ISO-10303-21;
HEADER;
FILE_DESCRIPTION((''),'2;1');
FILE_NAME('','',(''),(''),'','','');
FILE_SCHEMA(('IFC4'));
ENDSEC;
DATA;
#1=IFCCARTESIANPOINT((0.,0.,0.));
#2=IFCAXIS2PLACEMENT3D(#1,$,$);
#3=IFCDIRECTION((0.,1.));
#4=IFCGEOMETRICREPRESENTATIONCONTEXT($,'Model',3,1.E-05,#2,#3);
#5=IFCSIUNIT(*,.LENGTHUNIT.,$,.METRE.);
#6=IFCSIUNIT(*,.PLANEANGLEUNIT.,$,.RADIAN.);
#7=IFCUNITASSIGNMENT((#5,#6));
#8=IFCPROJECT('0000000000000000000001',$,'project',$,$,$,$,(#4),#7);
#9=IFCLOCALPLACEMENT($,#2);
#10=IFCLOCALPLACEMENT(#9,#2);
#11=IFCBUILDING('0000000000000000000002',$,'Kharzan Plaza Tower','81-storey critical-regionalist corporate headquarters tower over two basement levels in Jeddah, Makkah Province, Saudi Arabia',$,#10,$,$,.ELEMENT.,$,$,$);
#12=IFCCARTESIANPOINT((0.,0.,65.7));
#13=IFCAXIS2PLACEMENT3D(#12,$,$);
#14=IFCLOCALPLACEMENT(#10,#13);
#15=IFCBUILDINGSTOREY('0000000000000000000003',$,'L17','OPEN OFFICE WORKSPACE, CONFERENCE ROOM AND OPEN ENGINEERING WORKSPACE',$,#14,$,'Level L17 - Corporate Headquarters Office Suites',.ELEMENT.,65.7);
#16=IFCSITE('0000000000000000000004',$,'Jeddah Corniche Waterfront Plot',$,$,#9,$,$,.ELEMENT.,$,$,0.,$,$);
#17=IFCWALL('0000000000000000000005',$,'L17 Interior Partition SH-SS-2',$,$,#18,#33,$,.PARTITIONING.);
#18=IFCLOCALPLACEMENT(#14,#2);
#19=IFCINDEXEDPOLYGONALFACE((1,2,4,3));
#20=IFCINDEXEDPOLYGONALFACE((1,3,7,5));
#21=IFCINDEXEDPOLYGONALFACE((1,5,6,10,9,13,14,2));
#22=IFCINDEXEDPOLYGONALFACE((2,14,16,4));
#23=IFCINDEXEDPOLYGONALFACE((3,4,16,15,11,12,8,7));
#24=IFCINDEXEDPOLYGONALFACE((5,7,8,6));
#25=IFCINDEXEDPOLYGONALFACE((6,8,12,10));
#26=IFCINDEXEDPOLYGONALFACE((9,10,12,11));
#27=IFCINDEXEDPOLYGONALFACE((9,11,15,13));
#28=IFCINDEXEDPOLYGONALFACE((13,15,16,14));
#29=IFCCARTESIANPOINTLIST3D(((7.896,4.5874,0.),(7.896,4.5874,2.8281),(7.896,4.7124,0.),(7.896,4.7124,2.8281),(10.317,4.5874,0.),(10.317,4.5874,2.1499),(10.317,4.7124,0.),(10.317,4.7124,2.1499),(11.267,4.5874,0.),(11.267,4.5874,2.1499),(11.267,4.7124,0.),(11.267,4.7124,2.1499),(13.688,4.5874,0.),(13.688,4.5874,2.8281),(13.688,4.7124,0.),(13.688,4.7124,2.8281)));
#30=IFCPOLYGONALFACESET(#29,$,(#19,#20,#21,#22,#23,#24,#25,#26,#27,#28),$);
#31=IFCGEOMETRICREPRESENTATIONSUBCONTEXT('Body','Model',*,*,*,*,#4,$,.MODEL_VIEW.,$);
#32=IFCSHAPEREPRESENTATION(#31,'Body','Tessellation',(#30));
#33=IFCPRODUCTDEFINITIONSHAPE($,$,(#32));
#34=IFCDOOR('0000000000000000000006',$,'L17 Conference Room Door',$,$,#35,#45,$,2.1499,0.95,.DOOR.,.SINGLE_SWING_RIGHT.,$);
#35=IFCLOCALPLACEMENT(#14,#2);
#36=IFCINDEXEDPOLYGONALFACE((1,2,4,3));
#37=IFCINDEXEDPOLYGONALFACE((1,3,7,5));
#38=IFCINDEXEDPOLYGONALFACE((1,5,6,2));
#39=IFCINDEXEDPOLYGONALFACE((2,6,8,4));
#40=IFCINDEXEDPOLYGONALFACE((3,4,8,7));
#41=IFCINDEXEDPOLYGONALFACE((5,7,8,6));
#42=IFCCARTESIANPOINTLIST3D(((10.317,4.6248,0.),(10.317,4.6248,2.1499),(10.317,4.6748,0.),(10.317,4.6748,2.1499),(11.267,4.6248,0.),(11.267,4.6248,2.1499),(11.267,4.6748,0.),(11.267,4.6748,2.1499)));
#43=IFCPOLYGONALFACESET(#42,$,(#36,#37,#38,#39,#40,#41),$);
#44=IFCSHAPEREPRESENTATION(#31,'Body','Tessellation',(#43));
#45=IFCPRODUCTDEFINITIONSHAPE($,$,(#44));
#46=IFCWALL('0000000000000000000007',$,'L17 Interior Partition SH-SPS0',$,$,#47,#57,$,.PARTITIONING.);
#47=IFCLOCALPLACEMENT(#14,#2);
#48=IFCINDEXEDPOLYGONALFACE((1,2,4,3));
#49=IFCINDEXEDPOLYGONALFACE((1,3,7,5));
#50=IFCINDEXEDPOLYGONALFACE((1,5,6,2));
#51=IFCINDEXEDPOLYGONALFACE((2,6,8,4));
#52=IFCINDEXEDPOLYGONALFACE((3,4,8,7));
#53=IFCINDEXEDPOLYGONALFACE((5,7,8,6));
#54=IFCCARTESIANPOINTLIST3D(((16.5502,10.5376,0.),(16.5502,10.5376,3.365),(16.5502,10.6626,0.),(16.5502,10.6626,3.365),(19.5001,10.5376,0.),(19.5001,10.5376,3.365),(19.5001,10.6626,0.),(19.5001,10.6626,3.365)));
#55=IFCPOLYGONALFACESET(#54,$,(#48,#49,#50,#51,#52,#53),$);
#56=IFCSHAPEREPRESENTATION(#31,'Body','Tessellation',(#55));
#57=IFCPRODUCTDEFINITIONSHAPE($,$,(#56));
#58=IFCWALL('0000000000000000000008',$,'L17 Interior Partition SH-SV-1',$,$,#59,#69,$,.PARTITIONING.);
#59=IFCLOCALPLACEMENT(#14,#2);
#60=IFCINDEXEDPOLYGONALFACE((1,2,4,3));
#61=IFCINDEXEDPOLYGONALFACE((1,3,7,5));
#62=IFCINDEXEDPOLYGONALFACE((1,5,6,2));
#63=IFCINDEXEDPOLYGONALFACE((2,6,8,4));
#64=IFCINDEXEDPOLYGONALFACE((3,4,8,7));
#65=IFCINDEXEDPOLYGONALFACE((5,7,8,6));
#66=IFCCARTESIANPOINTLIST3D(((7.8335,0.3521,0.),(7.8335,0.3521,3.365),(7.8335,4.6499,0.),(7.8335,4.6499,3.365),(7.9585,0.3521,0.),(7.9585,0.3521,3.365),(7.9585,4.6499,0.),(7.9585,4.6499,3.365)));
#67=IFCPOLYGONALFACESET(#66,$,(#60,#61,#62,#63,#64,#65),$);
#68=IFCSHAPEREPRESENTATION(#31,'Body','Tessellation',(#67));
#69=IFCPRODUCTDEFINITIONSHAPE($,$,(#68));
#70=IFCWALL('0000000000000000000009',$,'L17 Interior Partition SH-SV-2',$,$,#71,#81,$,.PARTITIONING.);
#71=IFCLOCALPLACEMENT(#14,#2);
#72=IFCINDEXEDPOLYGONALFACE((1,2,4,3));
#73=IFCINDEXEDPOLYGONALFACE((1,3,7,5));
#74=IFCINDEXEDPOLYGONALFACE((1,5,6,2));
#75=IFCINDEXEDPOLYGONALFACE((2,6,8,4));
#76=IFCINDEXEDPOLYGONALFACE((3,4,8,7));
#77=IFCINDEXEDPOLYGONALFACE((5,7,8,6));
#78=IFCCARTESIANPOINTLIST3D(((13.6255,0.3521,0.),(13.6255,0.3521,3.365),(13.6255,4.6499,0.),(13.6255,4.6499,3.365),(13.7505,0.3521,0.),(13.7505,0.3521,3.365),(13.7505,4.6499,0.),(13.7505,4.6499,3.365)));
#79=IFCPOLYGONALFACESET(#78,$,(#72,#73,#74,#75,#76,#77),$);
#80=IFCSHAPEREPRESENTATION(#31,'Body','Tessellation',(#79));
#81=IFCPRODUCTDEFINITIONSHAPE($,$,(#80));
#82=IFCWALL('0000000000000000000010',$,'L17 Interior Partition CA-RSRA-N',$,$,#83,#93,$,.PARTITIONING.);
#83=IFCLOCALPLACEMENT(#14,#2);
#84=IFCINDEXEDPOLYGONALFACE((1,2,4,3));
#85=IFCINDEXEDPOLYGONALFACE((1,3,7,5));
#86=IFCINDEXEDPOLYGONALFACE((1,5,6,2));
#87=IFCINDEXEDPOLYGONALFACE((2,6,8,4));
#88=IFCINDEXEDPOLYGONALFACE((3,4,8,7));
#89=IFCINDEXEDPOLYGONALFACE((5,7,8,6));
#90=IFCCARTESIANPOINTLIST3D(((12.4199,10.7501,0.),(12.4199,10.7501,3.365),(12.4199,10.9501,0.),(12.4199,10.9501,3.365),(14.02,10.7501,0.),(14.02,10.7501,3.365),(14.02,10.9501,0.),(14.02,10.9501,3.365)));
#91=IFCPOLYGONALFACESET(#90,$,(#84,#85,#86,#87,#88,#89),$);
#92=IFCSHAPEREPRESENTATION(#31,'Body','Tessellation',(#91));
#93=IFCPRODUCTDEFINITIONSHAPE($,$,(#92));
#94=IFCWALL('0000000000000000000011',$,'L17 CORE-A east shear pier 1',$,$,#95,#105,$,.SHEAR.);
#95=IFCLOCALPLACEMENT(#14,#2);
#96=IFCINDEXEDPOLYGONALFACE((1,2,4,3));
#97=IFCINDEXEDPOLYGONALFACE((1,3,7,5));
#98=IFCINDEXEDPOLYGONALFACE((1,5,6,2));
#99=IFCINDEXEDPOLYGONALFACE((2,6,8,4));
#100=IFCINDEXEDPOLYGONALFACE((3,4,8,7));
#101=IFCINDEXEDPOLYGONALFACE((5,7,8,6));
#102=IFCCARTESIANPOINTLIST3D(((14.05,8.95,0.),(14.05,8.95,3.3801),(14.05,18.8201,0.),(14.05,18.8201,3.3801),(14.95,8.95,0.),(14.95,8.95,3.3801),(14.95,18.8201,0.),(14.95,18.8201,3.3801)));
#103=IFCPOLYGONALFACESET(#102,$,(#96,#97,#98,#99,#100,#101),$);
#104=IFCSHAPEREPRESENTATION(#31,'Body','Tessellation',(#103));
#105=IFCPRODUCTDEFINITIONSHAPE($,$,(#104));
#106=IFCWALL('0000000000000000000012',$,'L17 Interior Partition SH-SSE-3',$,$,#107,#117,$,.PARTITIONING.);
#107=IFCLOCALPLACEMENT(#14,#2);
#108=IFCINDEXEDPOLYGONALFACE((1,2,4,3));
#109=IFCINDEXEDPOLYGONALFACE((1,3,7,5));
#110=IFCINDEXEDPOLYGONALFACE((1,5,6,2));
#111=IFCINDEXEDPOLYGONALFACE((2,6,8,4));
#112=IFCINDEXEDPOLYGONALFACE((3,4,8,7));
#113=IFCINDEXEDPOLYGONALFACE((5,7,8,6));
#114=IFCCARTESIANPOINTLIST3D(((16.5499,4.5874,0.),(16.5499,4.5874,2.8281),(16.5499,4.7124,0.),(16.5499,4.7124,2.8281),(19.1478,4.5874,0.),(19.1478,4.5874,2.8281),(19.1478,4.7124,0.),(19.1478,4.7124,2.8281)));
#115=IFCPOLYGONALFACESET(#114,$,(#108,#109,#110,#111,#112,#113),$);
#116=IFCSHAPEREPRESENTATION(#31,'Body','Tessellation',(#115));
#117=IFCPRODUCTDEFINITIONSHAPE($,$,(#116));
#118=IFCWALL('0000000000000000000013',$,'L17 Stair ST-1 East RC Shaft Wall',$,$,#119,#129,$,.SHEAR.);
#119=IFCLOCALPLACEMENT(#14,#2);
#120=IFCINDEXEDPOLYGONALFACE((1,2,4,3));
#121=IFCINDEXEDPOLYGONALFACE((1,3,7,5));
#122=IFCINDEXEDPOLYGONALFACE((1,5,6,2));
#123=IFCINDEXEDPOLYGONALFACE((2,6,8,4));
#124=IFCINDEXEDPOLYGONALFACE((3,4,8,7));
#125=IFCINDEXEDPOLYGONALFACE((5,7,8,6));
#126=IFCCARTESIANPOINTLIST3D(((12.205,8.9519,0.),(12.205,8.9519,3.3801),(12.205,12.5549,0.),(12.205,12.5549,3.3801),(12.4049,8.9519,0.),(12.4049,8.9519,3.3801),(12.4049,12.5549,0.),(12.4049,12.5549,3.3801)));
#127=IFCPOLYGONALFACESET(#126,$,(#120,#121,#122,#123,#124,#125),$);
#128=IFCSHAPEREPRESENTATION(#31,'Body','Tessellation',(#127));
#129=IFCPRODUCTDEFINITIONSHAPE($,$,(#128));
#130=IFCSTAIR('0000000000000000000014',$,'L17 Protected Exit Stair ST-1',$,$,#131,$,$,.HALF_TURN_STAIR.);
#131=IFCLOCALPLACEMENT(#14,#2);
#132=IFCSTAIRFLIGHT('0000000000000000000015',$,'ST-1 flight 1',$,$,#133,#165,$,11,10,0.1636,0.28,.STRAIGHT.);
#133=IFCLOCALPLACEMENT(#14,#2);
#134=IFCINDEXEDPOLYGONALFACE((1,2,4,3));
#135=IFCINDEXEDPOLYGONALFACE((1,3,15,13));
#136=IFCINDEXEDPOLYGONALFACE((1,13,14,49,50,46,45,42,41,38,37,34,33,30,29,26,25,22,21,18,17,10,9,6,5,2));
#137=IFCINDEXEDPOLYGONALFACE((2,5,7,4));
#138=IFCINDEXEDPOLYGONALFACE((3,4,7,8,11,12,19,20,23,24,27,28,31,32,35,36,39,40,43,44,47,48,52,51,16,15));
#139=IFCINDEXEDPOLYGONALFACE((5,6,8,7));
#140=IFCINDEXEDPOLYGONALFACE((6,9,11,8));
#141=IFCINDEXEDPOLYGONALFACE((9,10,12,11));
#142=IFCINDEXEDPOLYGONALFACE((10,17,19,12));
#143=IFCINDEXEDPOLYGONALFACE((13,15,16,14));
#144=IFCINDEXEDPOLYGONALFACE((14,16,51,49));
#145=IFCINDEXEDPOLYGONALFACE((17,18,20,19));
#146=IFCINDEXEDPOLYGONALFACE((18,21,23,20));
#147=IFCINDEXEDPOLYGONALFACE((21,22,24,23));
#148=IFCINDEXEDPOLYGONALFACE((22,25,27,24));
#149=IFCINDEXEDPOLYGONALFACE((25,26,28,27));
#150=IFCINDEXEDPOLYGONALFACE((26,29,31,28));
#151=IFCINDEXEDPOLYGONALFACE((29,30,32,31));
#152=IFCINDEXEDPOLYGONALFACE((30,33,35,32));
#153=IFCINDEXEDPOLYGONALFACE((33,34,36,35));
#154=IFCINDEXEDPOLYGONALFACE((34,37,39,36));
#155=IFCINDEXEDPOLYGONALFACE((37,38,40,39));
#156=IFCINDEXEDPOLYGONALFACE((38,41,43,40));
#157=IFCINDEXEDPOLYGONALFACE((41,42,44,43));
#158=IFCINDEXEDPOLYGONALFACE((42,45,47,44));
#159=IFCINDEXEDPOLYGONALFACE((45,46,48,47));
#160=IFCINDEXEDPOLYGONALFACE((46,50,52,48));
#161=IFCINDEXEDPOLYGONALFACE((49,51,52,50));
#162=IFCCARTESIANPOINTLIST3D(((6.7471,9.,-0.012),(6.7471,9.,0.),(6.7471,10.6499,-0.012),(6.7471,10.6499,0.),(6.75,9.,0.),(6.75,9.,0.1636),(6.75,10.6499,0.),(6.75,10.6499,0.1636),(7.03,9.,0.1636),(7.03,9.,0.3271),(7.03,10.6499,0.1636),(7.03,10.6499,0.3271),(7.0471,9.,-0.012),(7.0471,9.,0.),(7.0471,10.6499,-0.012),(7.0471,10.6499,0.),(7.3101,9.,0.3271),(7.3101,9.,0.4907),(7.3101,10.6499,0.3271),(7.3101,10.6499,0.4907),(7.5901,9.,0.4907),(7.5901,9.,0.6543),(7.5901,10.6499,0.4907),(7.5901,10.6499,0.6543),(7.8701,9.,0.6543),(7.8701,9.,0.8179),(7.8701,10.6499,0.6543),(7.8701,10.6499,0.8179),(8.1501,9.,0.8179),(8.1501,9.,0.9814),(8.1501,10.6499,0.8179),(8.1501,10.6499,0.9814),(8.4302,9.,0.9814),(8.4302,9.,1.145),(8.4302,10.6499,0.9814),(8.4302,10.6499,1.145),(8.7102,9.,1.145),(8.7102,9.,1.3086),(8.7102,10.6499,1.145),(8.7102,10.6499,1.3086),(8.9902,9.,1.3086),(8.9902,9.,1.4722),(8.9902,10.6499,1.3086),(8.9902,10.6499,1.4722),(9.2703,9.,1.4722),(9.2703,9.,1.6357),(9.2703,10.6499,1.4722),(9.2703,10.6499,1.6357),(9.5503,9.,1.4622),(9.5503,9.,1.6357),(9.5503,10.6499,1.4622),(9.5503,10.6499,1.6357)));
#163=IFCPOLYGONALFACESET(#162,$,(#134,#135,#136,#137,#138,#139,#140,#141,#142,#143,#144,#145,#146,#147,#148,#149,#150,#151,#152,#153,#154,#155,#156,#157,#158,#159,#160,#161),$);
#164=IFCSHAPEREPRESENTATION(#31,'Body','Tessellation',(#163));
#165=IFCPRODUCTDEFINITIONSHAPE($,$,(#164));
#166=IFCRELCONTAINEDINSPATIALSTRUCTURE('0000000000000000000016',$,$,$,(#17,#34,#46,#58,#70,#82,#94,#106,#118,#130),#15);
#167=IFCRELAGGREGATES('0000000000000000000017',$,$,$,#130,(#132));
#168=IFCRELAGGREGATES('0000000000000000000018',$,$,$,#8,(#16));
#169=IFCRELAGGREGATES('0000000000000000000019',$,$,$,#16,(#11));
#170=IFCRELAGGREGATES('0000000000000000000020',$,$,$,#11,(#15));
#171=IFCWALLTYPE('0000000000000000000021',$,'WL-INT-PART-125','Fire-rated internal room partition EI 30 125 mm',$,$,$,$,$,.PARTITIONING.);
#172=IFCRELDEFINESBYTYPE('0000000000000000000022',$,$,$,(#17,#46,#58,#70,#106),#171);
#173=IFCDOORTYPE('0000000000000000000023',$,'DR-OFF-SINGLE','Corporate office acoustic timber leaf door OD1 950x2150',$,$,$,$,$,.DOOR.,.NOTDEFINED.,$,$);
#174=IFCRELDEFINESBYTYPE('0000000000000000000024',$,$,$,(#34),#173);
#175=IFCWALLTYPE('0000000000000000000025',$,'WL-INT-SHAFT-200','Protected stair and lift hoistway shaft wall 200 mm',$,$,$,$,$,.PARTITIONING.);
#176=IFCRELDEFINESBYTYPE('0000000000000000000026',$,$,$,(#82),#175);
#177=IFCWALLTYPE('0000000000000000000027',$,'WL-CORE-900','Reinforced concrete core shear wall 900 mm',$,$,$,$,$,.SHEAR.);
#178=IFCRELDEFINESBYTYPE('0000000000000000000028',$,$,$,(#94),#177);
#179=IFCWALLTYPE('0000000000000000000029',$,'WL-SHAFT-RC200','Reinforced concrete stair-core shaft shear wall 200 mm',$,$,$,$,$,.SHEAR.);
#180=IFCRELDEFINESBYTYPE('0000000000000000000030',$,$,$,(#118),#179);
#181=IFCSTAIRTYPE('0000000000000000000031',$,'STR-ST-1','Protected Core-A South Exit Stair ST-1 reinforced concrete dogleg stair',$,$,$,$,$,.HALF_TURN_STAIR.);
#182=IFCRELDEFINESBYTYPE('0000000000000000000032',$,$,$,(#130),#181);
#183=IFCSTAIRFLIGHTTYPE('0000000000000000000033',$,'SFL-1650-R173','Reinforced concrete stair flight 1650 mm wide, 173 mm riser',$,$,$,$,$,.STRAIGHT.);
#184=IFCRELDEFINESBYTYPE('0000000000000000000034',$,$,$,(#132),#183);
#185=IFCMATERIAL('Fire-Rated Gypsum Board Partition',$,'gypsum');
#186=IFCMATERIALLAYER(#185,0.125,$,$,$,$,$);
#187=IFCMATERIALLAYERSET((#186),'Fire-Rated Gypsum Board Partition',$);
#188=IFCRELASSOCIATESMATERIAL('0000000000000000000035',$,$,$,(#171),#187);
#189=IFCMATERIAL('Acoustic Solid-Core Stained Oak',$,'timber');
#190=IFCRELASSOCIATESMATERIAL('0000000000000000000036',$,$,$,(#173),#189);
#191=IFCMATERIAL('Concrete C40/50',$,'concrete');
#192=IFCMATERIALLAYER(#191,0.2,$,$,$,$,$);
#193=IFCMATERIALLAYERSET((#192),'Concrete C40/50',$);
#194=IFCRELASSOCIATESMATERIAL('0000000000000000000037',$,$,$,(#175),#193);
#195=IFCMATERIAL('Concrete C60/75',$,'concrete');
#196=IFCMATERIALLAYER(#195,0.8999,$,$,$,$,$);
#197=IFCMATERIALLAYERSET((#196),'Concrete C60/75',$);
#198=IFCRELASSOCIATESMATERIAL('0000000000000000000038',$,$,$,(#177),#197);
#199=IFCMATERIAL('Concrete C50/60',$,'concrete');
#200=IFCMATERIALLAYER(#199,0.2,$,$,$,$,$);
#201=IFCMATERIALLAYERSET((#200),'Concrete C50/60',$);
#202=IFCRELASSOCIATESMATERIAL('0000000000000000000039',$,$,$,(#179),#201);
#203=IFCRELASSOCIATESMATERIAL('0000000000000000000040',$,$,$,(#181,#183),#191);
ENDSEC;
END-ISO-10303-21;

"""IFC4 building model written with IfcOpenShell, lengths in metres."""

from ifc_helpers import new_model, si_unit, direction, frame, frame_2d, origin, place, context, subcontext, project, spatial, polyline, rectangle, outline, extrude, source, transform, mapped, material, layer, layer_set, type_object, element, fill, aggregate, save


model = new_model("IFC4")

# Units and contexts
model_context = context("Model", 3, precision=1e-05, world=origin(), true_north=direction((0.0, 1.0)))
body_context = subcontext(model_context, "Body", "Model", "MODEL_VIEW")
ifc_project = project(units=[si_unit("LENGTHUNIT", "METRE"), si_unit("PLANEANGLEUNIT", "RADIAN")], contexts=[model_context])

# Site, building, storey
site_placement = place(None, origin())
site = spatial("IfcSite", under=ifc_project, at=site_placement, Name="Jeddah Corniche Waterfront Plot", CompositionType="ELEMENT", RefElevation=0.0)
building_placement = place(site_placement, origin())
building = spatial("IfcBuilding", under=site, at=building_placement, Name="Kharzan Plaza Tower", Description="81-storey critical-regionalist corporate headquarters tower over two basement levels in Jeddah, Makkah Province, Saudi Arabia", CompositionType="ELEMENT")
storey_placement = place(building_placement, frame((0.0, 0.0, 65.7)))
storey = spatial("IfcBuildingStorey", under=building, at=storey_placement, Name="L17", Description="OPEN OFFICE WORKSPACE, CONFERENCE ROOM AND OPEN ENGINEERING WORKSPACE", LongName="Level L17 - Corporate Headquarters Office Suites", CompositionType="ELEMENT", Elevation=65.7)

# Shared definitions
ifc_material_1 = material(Name="Concrete C60/75", Category="concrete")

# Shared definitions
ifc_material_2 = material(Name="Concrete C40/50", Category="concrete")

# Wall, opening, door
ifc_material_3 = material(Name="Fire-Rated Gypsum Board Partition", Category="gypsum")
ifc_layer_1 = layer(ifc_material_3, 0.125)
ifc_layer_set_1 = layer_set([ifc_layer_1], Name="Fire-Rated Gypsum Board Partition")
wall_type_1 = type_object("IfcWallType", Name="WL-INT-PART-125", Description="Fire-rated internal room partition EI 30 125 mm", PredefinedType="PARTITIONING", material=ifc_layer_set_1)
ifc_material_4 = material(Name="Acoustic Solid-Core Stained Oak", Category="timber")
door_type = type_object("IfcDoorType", Name="DR-OFF-SINGLE", Description="Corporate office acoustic timber leaf door OD1 950x2150", OperationType="NOTDEFINED", PredefinedType="DOOR", material=ifc_material_4)
shared_shape_1 = source(origin(), body_context, "Body", "SweptSolid", [
    extrude(rectangle(XDim=0.95, YDim=2.1499, at=frame_2d((0.4751, 1.075))), frame((0.0, 0.0249, 0.0), z_axis=(0.0, -1.0, 0.0), x_axis=(1.0, 0.0, 0.0)), (0.0, 0.0, 1.0), 0.05),
])
wall_1_placement = place(storey_placement, frame((7.896, 4.6499, 0.0), z_axis=(0.0, 0.0, 1.0), x_axis=(1.0, 0.0, 0.0)))
wall_1 = element("IfcWall", 1, at=wall_1_placement, inside=storey, type_object=wall_type_1, Name="L17 Interior Partition SH-SS-2", PredefinedType="PARTITIONING", context=body_context, shape_type="SweptSolid", body=[
    extrude(rectangle(XDim=5.792, YDim=0.125, at=frame_2d((2.896, 0.0))), origin(), (0.0, 0.0, 1.0), 2.8281),
])
opening_1_placement = place(wall_1_placement, frame((2.4209, 0.0, 0.0)))
opening_1 = element("IfcOpeningElement", 2, at=opening_1_placement, cuts=wall_1, PredefinedType="OPENING", context=body_context, shape_type="SweptSolid", body=[
    extrude(rectangle(XDim=0.95, YDim=2.1499, at=frame_2d((0.4751, 1.075))), frame((0.0, 0.0725, 0.0), z_axis=(0.0, -1.0, 0.0), x_axis=(1.0, 0.0, 0.0)), (0.0, 0.0, 1.0), 0.145),
])
door_1_placement = place(opening_1_placement, origin())
door_1 = element("IfcDoor", 3, at=door_1_placement, inside=storey, type_object=door_type, Name="L17 Conference Room Door", OperationType="SINGLE_SWING_RIGHT", OverallHeight=2.1499, OverallWidth=0.95, PredefinedType="DOOR", context=body_context, shape_type="MappedRepresentation", body=[
    mapped(shared_shape_1, transform((0.0, 0.0, 0.0), x_axis=(1.0, 0.0, 0.0), y_axis=(0.0, 1.0, 0.0), z_axis=(0.0, 0.0, 1.0))),
])
fill(opening_1, door_1)

# Walls
shared_shape_2 = source(origin(), body_context, "Body", "SweptSolid", [
    extrude(rectangle(XDim=2.95, YDim=0.125, at=frame_2d((1.4751, 0.0))), origin(), (0.0, 0.0, 1.0), 3.365),
])
wall_2_placement = place(storey_placement, frame((16.55, 10.6001, 0.0), z_axis=(0.0, 0.0, 1.0), x_axis=(1.0, 0.0, 0.0)))
element("IfcWall", 4, at=wall_2_placement, inside=storey, type_object=wall_type_1, Name="L17 Interior Partition SH-SPS0", PredefinedType="PARTITIONING", context=body_context, shape_type="MappedRepresentation", body=[
    mapped(shared_shape_2, transform((0.0, 0.0, 0.0), x_axis=(1.0, 0.0, 0.0), y_axis=(0.0, 1.0, 0.0), z_axis=(0.0, 0.0, 1.0))),
])
shared_shape_3 = source(origin(), body_context, "Body", "SweptSolid", [
    extrude(rectangle(XDim=4.2979, YDim=0.125, at=frame_2d((2.1489, 0.0))), origin(), (0.0, 0.0, 1.0), 3.365),
])
for number, where, z_axis, x_axis, name in (
    (5, (7.896, 0.3521, 0.0), (0.0, 0.0, 1.0), (0.0, 1.0, 0.0), "L17 Interior Partition SH-SV-1"),
    (6, (13.688, 0.3521, 0.0), (0.0, 0.0, 1.0), (0.0, 1.0, 0.0), "L17 Interior Partition SH-SV-2"),
):
    element("IfcWall", number, at=place(storey_placement, frame(where, z_axis=z_axis, x_axis=x_axis)), inside=storey, type_object=wall_type_1, Name=name, PredefinedType="PARTITIONING", context=body_context, shape_type="MappedRepresentation", body=[
        mapped(shared_shape_3, transform((0.0, 0.0, 0.0), x_axis=(1.0, 0.0, 0.0), y_axis=(0.0, 1.0, 0.0), z_axis=(0.0, 0.0, 1.0))),
    ])
ifc_layer_2 = layer(ifc_material_2, 0.2)
ifc_layer_set_2 = layer_set([ifc_layer_2], Name="Concrete C40/50")
wall_type_2 = type_object("IfcWallType", Name="WL-INT-SHAFT-200", Description="Protected stair and lift hoistway shaft wall 200 mm", PredefinedType="PARTITIONING", material=ifc_layer_set_2)
shared_shape_4 = source(origin(), body_context, "Body", "SweptSolid", [
    extrude(rectangle(XDim=1.6001, YDim=0.2, at=frame_2d((0.8, 0.0))), origin(), (0.0, 0.0, 1.0), 3.365),
])
wall_3_placement = place(storey_placement, frame((12.4199, 10.8501, 0.0), z_axis=(0.0, 0.0, 1.0), x_axis=(1.0, 0.0, 0.0)))
element("IfcWall", 7, at=wall_3_placement, inside=storey, type_object=wall_type_2, Name="L17 Interior Partition CA-RSRA-N", PredefinedType="PARTITIONING", context=body_context, shape_type="MappedRepresentation", body=[
    mapped(shared_shape_4, transform((0.0, 0.0, 0.0), x_axis=(1.0, 0.0, 0.0), y_axis=(0.0, 1.0, 0.0), z_axis=(0.0, 0.0, 1.0))),
])
ifc_layer_3 = layer(ifc_material_1, 0.8999)
ifc_layer_set_3 = layer_set([ifc_layer_3], Name="Concrete C60/75")
wall_type_3 = type_object("IfcWallType", Name="WL-CORE-900", Description="Reinforced concrete core shear wall 900 mm", PredefinedType="SHEAR", material=ifc_layer_set_3)
shared_shape_5 = source(origin(), body_context, "Body", "SweptSolid", [
    extrude(rectangle(XDim=9.8701, YDim=0.8999, at=frame_2d((4.9351, 0.0))), origin(), (0.0, 0.0, 1.0), 3.3801),
])
wall_4_placement = place(storey_placement, frame((14.5, 8.95, 0.0), z_axis=(0.0, 0.0, 1.0), x_axis=(0.0, 1.0, 0.0)))
element("IfcWall", 8, at=wall_4_placement, inside=storey, type_object=wall_type_3, Name="L17 CORE-A east shear pier 1", PredefinedType="SHEAR", context=body_context, shape_type="MappedRepresentation", body=[
    mapped(shared_shape_5, transform((0.0, 0.0, 0.0), x_axis=(1.0, 0.0, 0.0), y_axis=(0.0, 1.0, 0.0), z_axis=(0.0, 0.0, 1.0))),
])
shared_shape_6 = source(origin(), body_context, "Body", "SweptSolid", [
    extrude(rectangle(XDim=2.5979, YDim=0.125, at=frame_2d((1.2988, 0.0))), origin(), (0.0, 0.0, 1.0), 2.8281),
])
wall_5_placement = place(storey_placement, frame((16.55, 4.6499, 0.0), z_axis=(0.0, 0.0, 1.0), x_axis=(1.0, 0.0, 0.0)))
element("IfcWall", 9, at=wall_5_placement, inside=storey, type_object=wall_type_1, Name="L17 Interior Partition SH-SSE-3", PredefinedType="PARTITIONING", context=body_context, shape_type="MappedRepresentation", body=[
    mapped(shared_shape_6, transform((0.0, 0.0, 0.0), x_axis=(1.0, 0.0, 0.0), y_axis=(0.0, 1.0, 0.0), z_axis=(0.0, 0.0, 1.0))),
])
ifc_material_5 = material(Name="Concrete C50/60", Category="concrete")
ifc_layer_4 = layer(ifc_material_5, 0.2)
ifc_layer_set_4 = layer_set([ifc_layer_4], Name="Concrete C50/60")
wall_type_4 = type_object("IfcWallType", Name="WL-SHAFT-RC200", Description="Reinforced concrete stair-core shaft shear wall 200 mm", PredefinedType="SHEAR", material=ifc_layer_set_4)
shared_shape_7 = source(origin(), body_context, "Body", "SweptSolid", [
    extrude(rectangle(XDim=3.603, YDim=0.2, at=frame_2d((1.8015, 0.0))), origin(), (0.0, 0.0, 1.0), 3.3801),
])
wall_6_placement = place(storey_placement, frame((12.3049, 8.9519, 0.0), z_axis=(0.0, 0.0, 1.0), x_axis=(0.0, 1.0, 0.0)))
element("IfcWall", 10, at=wall_6_placement, inside=storey, type_object=wall_type_4, Name="L17 Stair ST-1 East RC Shaft Wall", PredefinedType="SHEAR", context=body_context, shape_type="MappedRepresentation", body=[
    mapped(shared_shape_7, transform((0.0, 0.0, 0.0), x_axis=(1.0, 0.0, 0.0), y_axis=(0.0, 1.0, 0.0), z_axis=(0.0, 0.0, 1.0))),
])

# Stair, stair flight
stair_type = type_object("IfcStairType", Name="STR-ST-1", Description="Protected Core-A South Exit Stair ST-1 reinforced concrete dogleg stair", PredefinedType="HALF_TURN_STAIR", material=ifc_material_2)
stair_placement = place(storey_placement, origin())
stair = element("IfcStair", 11, at=stair_placement, inside=storey, type_object=stair_type, Name="L17 Protected Exit Stair ST-1", PredefinedType="HALF_TURN_STAIR")
stair_flight_type = type_object("IfcStairFlightType", Name="SFL-1650-R173", Description="Reinforced concrete stair flight 1650 mm wide, 173 mm riser", PredefinedType="STRAIGHT", material=ifc_material_2)
shared_shape_8 = source(origin(), body_context, "Body", "SweptSolid", [
    extrude(outline(polyline([(-0.0029, -0.012), (-0.0029, 0.0), (0.0, 0.0), (0.0, 0.1636), (0.28, 0.1636), (0.28, 0.3271), (0.5601, 0.3271), (0.5601, 0.4907), (0.8401, 0.4907), (0.8401, 0.6543), (1.1201, 0.6543), (1.1201, 0.8179), (1.4001, 0.8179), (1.4001, 0.9814), (1.6802, 0.9814), (1.6802, 1.145), (1.9602, 1.145), (1.9602, 1.3086), (2.2402, 1.3086), (2.2402, 1.4722), (2.5203, 1.4722), (2.5203, 1.6357), (2.8003, 1.6357), (2.8003, 1.7993), (2.8003, 1.4622), (0.2971, 0.0), (0.2971, -0.012), (-0.0029, -0.012)])), frame((0.0, 0.825, 0.0), z_axis=(0.0, -1.0, 0.0), x_axis=(1.0, 0.0, 0.0)), (0.0, 0.0, 1.0), 1.6499),
])
stair_flight_1_placement = place(storey_placement, frame((6.75, 9.825, 0.0), z_axis=(0.0, 0.0, 1.0), x_axis=(1.0, 0.0, 0.0)))
stair_flight_1 = element("IfcStairFlight", 12, at=stair_flight_1_placement, type_object=stair_flight_type, Name="ST-1 flight 1", NumberOfRisers=11, NumberOfTreads=10, PredefinedType="STRAIGHT", RiserHeight=0.1636, TreadLength=0.28, context=body_context, shape_type="MappedRepresentation", body=[
    mapped(shared_shape_8, transform((0.0, 0.0, 0.0), x_axis=(1.0, 0.0, 0.0), y_axis=(0.0, 1.0, 0.0), z_axis=(0.0, 0.0, 1.0))),
])
aggregate(stair, [stair_flight_1])

save(model, "model.ifc")
